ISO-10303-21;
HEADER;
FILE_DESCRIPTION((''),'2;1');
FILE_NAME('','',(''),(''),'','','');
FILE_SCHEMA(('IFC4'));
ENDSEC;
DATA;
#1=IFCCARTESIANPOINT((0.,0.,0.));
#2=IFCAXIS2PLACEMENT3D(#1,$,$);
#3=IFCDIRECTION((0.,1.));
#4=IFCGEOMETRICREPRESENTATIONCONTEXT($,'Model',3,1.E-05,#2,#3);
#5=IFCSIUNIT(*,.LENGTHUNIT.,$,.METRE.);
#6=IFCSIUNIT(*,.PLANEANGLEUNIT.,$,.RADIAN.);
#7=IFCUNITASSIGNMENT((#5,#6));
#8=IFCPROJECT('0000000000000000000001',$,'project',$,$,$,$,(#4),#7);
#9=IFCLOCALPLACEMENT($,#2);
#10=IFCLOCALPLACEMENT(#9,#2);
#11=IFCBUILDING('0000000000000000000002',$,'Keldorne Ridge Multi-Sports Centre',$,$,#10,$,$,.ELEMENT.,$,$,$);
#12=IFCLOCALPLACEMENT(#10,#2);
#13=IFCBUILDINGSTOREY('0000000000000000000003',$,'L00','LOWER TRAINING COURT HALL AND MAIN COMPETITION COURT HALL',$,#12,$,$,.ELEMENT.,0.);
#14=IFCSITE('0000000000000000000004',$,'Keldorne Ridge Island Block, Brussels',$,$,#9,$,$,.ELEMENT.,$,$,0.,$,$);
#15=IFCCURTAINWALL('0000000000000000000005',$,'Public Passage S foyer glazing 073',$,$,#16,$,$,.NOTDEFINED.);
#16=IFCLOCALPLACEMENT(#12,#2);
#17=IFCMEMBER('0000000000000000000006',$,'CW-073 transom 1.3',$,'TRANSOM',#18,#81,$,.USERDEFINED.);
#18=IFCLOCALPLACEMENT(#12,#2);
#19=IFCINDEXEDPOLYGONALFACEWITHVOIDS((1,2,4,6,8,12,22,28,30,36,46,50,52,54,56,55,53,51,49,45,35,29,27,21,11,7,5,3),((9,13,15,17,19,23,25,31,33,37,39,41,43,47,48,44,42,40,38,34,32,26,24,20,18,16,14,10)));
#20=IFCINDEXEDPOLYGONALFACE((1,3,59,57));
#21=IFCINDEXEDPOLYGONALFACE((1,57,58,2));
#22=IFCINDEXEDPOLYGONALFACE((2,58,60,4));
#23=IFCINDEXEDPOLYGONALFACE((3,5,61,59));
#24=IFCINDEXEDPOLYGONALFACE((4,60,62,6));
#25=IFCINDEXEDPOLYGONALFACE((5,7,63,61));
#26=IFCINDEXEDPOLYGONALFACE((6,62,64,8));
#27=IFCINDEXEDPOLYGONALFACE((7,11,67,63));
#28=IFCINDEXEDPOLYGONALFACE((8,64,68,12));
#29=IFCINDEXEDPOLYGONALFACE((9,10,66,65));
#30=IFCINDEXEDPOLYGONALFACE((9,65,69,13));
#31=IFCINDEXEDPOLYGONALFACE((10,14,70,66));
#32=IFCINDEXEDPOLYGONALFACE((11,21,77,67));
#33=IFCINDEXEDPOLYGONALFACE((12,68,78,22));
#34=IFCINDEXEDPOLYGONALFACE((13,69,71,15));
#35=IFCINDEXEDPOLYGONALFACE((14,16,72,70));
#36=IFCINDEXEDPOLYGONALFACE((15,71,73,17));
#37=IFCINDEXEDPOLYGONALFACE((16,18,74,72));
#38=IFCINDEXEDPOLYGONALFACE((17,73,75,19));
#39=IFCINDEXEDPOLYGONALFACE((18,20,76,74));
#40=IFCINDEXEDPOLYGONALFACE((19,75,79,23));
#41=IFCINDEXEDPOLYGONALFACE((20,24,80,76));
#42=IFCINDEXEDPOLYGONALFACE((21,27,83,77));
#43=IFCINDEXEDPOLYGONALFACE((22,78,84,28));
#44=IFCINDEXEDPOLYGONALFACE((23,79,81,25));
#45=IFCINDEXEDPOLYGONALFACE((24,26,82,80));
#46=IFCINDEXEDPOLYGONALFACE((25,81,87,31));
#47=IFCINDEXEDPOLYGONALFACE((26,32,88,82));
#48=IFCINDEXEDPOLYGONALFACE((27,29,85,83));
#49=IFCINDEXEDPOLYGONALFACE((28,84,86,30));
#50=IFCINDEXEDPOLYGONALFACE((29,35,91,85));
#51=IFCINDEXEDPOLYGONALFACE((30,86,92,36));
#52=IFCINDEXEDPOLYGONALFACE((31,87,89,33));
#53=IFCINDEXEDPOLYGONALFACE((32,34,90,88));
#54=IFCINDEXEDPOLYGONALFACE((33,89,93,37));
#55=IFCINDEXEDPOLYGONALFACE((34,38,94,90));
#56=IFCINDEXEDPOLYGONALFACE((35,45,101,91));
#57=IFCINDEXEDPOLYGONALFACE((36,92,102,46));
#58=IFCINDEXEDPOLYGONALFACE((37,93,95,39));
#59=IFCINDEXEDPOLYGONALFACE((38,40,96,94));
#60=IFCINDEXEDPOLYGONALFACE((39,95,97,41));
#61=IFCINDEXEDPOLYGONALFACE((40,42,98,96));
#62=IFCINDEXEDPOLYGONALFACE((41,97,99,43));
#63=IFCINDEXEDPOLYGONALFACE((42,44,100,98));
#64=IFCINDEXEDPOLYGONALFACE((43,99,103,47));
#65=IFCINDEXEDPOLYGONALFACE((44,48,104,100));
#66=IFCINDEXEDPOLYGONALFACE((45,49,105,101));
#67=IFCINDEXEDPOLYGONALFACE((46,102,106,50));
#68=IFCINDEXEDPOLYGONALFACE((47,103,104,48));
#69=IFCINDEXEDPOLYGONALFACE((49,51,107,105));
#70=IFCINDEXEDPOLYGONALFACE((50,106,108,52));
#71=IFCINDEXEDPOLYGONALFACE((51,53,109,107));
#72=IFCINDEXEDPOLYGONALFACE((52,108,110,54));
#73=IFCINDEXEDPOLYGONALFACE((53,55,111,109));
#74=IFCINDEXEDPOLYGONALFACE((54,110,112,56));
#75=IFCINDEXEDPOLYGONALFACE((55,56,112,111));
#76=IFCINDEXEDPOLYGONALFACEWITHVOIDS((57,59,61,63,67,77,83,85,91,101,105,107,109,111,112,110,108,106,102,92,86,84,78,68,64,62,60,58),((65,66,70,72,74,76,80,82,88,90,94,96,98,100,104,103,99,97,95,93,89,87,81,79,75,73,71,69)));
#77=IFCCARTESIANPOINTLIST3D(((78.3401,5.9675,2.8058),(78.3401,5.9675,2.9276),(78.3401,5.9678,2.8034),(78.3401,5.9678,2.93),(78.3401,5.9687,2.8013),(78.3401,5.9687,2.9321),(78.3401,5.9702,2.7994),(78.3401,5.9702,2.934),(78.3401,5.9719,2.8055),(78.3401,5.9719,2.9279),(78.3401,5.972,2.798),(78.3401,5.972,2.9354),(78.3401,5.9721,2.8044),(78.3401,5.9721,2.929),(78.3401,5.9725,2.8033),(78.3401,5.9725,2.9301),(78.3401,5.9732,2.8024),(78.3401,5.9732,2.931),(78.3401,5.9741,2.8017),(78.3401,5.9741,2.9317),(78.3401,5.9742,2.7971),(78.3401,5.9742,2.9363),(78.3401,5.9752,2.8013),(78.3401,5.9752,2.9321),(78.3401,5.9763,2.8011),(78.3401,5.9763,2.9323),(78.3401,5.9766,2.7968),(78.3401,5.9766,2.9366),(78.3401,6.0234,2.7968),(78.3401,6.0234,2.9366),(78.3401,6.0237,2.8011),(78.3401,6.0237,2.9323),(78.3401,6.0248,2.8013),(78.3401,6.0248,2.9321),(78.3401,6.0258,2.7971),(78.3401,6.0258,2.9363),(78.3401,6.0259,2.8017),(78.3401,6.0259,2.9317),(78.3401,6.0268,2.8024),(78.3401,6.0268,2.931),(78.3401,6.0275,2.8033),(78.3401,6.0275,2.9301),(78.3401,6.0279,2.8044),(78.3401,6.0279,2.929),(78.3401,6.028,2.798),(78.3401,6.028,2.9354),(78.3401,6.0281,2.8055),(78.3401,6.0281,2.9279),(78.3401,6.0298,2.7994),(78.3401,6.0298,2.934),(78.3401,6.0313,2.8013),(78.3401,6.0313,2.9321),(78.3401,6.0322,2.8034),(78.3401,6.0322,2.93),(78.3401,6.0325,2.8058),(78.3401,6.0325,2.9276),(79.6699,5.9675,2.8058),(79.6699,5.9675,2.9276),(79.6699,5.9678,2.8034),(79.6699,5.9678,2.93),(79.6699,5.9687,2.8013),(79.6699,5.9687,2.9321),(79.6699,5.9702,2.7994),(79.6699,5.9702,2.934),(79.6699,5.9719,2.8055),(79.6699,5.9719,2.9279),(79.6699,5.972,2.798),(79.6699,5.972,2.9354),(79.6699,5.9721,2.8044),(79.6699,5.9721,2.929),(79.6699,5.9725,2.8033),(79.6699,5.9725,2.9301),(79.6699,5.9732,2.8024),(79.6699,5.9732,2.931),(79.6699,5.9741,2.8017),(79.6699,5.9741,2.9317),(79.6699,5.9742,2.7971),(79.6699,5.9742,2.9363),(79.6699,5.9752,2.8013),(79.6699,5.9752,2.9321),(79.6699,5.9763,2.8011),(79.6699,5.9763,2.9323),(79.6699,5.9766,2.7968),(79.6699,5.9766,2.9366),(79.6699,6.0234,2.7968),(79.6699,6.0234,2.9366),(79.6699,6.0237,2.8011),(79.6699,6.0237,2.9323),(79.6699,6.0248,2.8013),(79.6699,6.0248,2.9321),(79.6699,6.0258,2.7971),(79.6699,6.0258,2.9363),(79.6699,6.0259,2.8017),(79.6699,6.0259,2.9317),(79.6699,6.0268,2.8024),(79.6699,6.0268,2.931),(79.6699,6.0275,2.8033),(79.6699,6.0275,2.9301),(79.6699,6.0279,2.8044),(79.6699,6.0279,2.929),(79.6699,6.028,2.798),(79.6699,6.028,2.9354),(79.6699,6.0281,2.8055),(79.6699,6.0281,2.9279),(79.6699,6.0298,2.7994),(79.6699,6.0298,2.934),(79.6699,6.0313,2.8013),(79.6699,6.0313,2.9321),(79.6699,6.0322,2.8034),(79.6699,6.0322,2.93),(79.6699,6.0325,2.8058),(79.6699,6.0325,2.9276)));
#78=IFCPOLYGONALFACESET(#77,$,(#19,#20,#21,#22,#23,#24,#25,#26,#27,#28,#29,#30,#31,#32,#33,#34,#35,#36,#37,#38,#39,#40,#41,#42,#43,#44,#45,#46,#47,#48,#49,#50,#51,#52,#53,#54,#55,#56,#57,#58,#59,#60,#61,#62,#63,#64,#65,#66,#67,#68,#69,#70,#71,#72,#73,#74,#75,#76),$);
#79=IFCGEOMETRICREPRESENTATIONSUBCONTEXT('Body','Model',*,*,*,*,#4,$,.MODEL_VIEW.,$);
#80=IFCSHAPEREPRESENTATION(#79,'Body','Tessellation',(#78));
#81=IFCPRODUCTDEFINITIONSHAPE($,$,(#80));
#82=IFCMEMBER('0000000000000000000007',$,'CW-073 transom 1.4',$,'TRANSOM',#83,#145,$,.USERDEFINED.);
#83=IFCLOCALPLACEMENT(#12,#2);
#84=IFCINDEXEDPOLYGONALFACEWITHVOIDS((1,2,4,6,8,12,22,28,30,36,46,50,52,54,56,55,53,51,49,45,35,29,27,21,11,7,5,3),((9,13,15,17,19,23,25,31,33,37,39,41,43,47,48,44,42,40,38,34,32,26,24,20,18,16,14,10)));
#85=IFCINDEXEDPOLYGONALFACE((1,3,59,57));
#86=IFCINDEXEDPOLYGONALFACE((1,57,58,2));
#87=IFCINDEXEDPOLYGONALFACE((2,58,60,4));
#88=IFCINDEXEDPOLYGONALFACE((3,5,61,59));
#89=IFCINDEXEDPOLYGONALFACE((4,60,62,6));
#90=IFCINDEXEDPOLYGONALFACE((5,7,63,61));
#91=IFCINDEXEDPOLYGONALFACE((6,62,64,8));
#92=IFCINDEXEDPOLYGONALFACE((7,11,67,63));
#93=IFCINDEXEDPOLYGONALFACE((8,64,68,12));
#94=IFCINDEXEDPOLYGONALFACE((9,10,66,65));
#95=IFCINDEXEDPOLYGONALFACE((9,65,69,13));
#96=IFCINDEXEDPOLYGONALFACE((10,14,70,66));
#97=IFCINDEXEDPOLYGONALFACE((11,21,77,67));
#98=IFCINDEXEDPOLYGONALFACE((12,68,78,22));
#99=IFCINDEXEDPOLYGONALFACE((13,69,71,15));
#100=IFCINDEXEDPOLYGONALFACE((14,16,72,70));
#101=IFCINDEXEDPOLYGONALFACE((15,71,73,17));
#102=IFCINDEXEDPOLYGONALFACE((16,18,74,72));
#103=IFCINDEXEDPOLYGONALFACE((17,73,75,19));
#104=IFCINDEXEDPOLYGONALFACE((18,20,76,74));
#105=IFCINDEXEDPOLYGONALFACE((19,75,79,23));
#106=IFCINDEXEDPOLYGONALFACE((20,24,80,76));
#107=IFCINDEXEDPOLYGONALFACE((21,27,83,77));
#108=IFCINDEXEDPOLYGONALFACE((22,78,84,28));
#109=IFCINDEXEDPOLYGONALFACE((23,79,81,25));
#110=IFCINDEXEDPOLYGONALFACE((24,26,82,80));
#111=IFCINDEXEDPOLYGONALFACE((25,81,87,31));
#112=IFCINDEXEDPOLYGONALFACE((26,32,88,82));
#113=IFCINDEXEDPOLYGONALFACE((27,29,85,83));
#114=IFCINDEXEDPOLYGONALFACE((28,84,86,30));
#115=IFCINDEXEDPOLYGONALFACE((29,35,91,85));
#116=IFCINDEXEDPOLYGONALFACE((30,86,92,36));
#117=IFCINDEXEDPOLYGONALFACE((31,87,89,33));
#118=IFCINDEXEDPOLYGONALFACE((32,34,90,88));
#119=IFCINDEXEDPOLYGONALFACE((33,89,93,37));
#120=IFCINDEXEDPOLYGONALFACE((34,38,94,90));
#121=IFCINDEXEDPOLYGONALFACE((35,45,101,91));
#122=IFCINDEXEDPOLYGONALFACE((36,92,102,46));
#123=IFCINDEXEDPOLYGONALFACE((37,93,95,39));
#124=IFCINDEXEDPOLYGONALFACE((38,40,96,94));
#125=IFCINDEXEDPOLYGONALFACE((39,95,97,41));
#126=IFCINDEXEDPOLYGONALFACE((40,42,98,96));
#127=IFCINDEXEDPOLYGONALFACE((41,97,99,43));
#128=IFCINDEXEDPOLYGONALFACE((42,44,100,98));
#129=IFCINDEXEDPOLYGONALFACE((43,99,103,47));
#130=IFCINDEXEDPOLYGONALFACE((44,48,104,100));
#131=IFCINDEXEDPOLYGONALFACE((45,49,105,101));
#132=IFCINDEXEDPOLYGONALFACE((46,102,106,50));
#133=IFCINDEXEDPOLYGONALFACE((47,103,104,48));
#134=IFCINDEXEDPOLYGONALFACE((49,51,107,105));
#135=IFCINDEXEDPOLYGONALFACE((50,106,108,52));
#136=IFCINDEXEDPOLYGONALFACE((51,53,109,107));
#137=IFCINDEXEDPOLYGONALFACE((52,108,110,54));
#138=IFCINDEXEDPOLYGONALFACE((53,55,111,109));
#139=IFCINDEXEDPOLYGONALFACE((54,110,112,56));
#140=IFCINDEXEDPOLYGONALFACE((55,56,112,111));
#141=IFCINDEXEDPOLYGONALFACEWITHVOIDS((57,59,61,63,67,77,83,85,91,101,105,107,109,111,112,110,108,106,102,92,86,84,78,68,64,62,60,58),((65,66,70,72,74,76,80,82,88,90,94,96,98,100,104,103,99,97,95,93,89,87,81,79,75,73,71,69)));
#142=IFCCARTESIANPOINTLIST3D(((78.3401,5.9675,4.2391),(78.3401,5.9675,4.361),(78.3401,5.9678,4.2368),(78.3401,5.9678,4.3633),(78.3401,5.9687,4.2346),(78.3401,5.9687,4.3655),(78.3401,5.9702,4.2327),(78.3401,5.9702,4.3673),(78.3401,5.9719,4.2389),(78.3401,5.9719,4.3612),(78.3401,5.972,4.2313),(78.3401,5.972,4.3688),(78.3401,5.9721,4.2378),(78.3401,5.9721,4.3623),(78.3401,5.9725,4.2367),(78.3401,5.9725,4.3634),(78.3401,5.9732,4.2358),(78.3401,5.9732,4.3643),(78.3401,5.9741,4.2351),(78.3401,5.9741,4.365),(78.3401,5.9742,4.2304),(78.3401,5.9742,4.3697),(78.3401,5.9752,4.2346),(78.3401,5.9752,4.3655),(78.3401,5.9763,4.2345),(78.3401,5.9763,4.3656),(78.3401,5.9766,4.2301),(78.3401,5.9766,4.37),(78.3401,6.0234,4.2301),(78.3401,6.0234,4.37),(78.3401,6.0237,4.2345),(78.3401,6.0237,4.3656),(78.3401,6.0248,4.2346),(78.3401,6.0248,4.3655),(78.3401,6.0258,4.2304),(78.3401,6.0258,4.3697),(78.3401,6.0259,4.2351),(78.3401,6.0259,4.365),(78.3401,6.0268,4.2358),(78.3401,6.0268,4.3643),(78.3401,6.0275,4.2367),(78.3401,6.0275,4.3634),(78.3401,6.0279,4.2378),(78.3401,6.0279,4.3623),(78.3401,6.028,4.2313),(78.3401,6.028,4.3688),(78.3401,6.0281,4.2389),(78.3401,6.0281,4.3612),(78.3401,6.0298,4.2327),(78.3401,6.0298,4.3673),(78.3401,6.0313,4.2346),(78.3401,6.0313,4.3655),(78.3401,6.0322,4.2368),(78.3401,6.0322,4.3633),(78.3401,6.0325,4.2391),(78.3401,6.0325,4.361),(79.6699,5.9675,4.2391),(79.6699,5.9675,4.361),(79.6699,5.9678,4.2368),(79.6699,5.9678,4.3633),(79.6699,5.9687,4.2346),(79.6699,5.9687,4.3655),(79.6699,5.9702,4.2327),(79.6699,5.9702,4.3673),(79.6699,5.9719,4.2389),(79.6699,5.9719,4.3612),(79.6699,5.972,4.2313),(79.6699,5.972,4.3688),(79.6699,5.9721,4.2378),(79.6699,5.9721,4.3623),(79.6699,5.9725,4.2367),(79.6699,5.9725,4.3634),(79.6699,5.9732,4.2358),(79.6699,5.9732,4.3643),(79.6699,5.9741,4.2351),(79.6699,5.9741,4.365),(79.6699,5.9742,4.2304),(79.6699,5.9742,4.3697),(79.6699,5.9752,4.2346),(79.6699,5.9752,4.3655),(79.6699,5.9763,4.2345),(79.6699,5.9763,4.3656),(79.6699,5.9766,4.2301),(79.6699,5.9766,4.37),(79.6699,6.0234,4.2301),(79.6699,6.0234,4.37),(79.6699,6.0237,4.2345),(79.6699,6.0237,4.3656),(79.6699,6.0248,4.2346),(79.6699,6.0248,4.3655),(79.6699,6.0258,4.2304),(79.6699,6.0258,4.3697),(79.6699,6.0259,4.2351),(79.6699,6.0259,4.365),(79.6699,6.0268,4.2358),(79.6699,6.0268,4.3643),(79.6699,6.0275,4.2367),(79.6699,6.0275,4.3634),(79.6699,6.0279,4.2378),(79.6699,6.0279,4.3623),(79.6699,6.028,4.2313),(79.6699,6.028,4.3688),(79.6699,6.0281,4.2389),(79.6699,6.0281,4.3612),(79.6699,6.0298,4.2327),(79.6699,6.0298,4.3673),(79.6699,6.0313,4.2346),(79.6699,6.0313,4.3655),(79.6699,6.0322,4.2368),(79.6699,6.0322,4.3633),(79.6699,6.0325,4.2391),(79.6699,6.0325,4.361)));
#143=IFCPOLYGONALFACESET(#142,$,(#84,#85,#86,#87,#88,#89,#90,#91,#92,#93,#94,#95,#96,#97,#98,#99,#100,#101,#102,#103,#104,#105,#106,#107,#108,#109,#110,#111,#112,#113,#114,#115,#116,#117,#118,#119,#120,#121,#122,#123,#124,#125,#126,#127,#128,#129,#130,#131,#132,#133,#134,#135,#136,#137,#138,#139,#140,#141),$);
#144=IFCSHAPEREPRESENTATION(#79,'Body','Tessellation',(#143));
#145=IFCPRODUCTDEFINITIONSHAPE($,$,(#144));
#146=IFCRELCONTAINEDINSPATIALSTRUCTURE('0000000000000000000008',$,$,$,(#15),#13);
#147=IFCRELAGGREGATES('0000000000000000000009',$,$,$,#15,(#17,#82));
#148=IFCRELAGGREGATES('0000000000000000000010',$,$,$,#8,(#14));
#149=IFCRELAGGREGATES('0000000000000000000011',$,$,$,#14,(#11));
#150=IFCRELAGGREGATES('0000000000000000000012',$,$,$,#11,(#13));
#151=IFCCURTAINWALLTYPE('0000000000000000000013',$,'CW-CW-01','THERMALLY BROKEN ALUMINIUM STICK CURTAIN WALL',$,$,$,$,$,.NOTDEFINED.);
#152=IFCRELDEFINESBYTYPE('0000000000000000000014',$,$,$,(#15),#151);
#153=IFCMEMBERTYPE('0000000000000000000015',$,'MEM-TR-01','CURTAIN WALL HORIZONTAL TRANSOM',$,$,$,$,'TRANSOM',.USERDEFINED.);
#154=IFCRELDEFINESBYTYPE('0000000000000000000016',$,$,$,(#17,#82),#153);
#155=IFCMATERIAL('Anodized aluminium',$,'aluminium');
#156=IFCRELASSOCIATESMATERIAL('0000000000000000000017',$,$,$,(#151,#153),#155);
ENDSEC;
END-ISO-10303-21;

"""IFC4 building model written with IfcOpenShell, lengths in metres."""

from ifc_helpers import new_model, si_unit, direction, frame, origin, origin_2d, place, context, subcontext, project, spatial, hollow_rectangle, extrude, material, material_profile, profile_set, type_object, element, aggregate, save


model = new_model("IFC4")

# Units and contexts
model_context = context("Model", 3, precision=1e-05, world=origin(), true_north=direction((0.0, 1.0)))
body_context = subcontext(model_context, "Body", "Model", "MODEL_VIEW")
ifc_project = project(units=[si_unit("LENGTHUNIT", "METRE"), si_unit("PLANEANGLEUNIT", "RADIAN")], contexts=[model_context])

# Site, building, storey
site_placement = place(None, origin())
site = spatial("IfcSite", under=ifc_project, at=site_placement, Name="Keldorne Ridge Island Block, Brussels", CompositionType="ELEMENT", RefElevation=0.0)
building_placement = place(site_placement, origin())
building = spatial("IfcBuilding", under=site, at=building_placement, Name="Keldorne Ridge Multi-Sports Centre", CompositionType="ELEMENT")
storey_placement = place(building_placement, origin())
storey = spatial("IfcBuildingStorey", under=building, at=storey_placement, Name="L00", Description="LOWER TRAINING COURT HALL AND MAIN COMPETITION COURT HALL", CompositionType="ELEMENT", Elevation=0.0)

# Curtain wall, members
ifc_material_1 = material(Name="Anodized aluminium", Category="aluminium")
curtain_wall_type = type_object("IfcCurtainWallType", Name="CW-CW-01", Description="THERMALLY BROKEN ALUMINIUM STICK CURTAIN WALL", PredefinedType="NOTDEFINED", material=ifc_material_1)
curtain_wall_placement = place(storey_placement, origin())
curtain_wall = element("IfcCurtainWall", 1, at=curtain_wall_placement, inside=storey, type_object=curtain_wall_type, Name="Public Passage S foyer glazing 073", PredefinedType="NOTDEFINED")
ifc_material_profile_1 = material_profile(ifc_material_1, hollow_rectangle(XDim=0.0649, YDim=0.1399, WallThickness=0.0044, InnerFilletRadius=0.0044, OuterFilletRadius=0.009, at=origin_2d()), Name="ALU TRANSOM 140x65x4.5")
ifc_profile_set_1 = profile_set([ifc_material_profile_1], Name="Anodized aluminium")
member_type_1 = type_object("IfcMemberType", Name="MEM-TR-01", Description="CURTAIN WALL HORIZONTAL TRANSOM", ElementType="TRANSOM", PredefinedType="USERDEFINED", material=ifc_profile_set_1)
member_1_placement = place(storey_placement, frame((78.3401, 6.0, 2.8667), z_axis=(1.0, 0.0, 0.0), x_axis=(0.0, 1.0, 0.0)))
member_1 = element("IfcMember", 2, at=member_1_placement, type_object=member_type_1, Name="CW-073 transom 1.3", ObjectType="TRANSOM", PredefinedType="USERDEFINED", context=body_context, shape_type="SweptSolid", body=[
    extrude(hollow_rectangle(XDim=0.0649, YDim=0.1399, WallThickness=0.0044, InnerFilletRadius=0.0044, OuterFilletRadius=0.009, at=origin_2d()), origin(), (0.0, 0.0, 1.0), 1.3298),
])
member_2_placement = place(storey_placement, frame((78.3401, 6.0, 4.3), z_axis=(1.0, 0.0, 0.0), x_axis=(0.0, 1.0, 0.0)))
member_2 = element("IfcMember", 3, at=member_2_placement, type_object=member_type_1, Name="CW-073 transom 1.4", ObjectType="TRANSOM", PredefinedType="USERDEFINED", context=body_context, shape_type="SweptSolid", body=[
    extrude(hollow_rectangle(XDim=0.0649, YDim=0.1399, WallThickness=0.0044, InnerFilletRadius=0.0044, OuterFilletRadius=0.009, at=origin_2d()), origin(), (0.0, 0.0, 1.0), 1.3298),
])
aggregate(curtain_wall, [member_1, member_2])

save(model, "model.ifc")
